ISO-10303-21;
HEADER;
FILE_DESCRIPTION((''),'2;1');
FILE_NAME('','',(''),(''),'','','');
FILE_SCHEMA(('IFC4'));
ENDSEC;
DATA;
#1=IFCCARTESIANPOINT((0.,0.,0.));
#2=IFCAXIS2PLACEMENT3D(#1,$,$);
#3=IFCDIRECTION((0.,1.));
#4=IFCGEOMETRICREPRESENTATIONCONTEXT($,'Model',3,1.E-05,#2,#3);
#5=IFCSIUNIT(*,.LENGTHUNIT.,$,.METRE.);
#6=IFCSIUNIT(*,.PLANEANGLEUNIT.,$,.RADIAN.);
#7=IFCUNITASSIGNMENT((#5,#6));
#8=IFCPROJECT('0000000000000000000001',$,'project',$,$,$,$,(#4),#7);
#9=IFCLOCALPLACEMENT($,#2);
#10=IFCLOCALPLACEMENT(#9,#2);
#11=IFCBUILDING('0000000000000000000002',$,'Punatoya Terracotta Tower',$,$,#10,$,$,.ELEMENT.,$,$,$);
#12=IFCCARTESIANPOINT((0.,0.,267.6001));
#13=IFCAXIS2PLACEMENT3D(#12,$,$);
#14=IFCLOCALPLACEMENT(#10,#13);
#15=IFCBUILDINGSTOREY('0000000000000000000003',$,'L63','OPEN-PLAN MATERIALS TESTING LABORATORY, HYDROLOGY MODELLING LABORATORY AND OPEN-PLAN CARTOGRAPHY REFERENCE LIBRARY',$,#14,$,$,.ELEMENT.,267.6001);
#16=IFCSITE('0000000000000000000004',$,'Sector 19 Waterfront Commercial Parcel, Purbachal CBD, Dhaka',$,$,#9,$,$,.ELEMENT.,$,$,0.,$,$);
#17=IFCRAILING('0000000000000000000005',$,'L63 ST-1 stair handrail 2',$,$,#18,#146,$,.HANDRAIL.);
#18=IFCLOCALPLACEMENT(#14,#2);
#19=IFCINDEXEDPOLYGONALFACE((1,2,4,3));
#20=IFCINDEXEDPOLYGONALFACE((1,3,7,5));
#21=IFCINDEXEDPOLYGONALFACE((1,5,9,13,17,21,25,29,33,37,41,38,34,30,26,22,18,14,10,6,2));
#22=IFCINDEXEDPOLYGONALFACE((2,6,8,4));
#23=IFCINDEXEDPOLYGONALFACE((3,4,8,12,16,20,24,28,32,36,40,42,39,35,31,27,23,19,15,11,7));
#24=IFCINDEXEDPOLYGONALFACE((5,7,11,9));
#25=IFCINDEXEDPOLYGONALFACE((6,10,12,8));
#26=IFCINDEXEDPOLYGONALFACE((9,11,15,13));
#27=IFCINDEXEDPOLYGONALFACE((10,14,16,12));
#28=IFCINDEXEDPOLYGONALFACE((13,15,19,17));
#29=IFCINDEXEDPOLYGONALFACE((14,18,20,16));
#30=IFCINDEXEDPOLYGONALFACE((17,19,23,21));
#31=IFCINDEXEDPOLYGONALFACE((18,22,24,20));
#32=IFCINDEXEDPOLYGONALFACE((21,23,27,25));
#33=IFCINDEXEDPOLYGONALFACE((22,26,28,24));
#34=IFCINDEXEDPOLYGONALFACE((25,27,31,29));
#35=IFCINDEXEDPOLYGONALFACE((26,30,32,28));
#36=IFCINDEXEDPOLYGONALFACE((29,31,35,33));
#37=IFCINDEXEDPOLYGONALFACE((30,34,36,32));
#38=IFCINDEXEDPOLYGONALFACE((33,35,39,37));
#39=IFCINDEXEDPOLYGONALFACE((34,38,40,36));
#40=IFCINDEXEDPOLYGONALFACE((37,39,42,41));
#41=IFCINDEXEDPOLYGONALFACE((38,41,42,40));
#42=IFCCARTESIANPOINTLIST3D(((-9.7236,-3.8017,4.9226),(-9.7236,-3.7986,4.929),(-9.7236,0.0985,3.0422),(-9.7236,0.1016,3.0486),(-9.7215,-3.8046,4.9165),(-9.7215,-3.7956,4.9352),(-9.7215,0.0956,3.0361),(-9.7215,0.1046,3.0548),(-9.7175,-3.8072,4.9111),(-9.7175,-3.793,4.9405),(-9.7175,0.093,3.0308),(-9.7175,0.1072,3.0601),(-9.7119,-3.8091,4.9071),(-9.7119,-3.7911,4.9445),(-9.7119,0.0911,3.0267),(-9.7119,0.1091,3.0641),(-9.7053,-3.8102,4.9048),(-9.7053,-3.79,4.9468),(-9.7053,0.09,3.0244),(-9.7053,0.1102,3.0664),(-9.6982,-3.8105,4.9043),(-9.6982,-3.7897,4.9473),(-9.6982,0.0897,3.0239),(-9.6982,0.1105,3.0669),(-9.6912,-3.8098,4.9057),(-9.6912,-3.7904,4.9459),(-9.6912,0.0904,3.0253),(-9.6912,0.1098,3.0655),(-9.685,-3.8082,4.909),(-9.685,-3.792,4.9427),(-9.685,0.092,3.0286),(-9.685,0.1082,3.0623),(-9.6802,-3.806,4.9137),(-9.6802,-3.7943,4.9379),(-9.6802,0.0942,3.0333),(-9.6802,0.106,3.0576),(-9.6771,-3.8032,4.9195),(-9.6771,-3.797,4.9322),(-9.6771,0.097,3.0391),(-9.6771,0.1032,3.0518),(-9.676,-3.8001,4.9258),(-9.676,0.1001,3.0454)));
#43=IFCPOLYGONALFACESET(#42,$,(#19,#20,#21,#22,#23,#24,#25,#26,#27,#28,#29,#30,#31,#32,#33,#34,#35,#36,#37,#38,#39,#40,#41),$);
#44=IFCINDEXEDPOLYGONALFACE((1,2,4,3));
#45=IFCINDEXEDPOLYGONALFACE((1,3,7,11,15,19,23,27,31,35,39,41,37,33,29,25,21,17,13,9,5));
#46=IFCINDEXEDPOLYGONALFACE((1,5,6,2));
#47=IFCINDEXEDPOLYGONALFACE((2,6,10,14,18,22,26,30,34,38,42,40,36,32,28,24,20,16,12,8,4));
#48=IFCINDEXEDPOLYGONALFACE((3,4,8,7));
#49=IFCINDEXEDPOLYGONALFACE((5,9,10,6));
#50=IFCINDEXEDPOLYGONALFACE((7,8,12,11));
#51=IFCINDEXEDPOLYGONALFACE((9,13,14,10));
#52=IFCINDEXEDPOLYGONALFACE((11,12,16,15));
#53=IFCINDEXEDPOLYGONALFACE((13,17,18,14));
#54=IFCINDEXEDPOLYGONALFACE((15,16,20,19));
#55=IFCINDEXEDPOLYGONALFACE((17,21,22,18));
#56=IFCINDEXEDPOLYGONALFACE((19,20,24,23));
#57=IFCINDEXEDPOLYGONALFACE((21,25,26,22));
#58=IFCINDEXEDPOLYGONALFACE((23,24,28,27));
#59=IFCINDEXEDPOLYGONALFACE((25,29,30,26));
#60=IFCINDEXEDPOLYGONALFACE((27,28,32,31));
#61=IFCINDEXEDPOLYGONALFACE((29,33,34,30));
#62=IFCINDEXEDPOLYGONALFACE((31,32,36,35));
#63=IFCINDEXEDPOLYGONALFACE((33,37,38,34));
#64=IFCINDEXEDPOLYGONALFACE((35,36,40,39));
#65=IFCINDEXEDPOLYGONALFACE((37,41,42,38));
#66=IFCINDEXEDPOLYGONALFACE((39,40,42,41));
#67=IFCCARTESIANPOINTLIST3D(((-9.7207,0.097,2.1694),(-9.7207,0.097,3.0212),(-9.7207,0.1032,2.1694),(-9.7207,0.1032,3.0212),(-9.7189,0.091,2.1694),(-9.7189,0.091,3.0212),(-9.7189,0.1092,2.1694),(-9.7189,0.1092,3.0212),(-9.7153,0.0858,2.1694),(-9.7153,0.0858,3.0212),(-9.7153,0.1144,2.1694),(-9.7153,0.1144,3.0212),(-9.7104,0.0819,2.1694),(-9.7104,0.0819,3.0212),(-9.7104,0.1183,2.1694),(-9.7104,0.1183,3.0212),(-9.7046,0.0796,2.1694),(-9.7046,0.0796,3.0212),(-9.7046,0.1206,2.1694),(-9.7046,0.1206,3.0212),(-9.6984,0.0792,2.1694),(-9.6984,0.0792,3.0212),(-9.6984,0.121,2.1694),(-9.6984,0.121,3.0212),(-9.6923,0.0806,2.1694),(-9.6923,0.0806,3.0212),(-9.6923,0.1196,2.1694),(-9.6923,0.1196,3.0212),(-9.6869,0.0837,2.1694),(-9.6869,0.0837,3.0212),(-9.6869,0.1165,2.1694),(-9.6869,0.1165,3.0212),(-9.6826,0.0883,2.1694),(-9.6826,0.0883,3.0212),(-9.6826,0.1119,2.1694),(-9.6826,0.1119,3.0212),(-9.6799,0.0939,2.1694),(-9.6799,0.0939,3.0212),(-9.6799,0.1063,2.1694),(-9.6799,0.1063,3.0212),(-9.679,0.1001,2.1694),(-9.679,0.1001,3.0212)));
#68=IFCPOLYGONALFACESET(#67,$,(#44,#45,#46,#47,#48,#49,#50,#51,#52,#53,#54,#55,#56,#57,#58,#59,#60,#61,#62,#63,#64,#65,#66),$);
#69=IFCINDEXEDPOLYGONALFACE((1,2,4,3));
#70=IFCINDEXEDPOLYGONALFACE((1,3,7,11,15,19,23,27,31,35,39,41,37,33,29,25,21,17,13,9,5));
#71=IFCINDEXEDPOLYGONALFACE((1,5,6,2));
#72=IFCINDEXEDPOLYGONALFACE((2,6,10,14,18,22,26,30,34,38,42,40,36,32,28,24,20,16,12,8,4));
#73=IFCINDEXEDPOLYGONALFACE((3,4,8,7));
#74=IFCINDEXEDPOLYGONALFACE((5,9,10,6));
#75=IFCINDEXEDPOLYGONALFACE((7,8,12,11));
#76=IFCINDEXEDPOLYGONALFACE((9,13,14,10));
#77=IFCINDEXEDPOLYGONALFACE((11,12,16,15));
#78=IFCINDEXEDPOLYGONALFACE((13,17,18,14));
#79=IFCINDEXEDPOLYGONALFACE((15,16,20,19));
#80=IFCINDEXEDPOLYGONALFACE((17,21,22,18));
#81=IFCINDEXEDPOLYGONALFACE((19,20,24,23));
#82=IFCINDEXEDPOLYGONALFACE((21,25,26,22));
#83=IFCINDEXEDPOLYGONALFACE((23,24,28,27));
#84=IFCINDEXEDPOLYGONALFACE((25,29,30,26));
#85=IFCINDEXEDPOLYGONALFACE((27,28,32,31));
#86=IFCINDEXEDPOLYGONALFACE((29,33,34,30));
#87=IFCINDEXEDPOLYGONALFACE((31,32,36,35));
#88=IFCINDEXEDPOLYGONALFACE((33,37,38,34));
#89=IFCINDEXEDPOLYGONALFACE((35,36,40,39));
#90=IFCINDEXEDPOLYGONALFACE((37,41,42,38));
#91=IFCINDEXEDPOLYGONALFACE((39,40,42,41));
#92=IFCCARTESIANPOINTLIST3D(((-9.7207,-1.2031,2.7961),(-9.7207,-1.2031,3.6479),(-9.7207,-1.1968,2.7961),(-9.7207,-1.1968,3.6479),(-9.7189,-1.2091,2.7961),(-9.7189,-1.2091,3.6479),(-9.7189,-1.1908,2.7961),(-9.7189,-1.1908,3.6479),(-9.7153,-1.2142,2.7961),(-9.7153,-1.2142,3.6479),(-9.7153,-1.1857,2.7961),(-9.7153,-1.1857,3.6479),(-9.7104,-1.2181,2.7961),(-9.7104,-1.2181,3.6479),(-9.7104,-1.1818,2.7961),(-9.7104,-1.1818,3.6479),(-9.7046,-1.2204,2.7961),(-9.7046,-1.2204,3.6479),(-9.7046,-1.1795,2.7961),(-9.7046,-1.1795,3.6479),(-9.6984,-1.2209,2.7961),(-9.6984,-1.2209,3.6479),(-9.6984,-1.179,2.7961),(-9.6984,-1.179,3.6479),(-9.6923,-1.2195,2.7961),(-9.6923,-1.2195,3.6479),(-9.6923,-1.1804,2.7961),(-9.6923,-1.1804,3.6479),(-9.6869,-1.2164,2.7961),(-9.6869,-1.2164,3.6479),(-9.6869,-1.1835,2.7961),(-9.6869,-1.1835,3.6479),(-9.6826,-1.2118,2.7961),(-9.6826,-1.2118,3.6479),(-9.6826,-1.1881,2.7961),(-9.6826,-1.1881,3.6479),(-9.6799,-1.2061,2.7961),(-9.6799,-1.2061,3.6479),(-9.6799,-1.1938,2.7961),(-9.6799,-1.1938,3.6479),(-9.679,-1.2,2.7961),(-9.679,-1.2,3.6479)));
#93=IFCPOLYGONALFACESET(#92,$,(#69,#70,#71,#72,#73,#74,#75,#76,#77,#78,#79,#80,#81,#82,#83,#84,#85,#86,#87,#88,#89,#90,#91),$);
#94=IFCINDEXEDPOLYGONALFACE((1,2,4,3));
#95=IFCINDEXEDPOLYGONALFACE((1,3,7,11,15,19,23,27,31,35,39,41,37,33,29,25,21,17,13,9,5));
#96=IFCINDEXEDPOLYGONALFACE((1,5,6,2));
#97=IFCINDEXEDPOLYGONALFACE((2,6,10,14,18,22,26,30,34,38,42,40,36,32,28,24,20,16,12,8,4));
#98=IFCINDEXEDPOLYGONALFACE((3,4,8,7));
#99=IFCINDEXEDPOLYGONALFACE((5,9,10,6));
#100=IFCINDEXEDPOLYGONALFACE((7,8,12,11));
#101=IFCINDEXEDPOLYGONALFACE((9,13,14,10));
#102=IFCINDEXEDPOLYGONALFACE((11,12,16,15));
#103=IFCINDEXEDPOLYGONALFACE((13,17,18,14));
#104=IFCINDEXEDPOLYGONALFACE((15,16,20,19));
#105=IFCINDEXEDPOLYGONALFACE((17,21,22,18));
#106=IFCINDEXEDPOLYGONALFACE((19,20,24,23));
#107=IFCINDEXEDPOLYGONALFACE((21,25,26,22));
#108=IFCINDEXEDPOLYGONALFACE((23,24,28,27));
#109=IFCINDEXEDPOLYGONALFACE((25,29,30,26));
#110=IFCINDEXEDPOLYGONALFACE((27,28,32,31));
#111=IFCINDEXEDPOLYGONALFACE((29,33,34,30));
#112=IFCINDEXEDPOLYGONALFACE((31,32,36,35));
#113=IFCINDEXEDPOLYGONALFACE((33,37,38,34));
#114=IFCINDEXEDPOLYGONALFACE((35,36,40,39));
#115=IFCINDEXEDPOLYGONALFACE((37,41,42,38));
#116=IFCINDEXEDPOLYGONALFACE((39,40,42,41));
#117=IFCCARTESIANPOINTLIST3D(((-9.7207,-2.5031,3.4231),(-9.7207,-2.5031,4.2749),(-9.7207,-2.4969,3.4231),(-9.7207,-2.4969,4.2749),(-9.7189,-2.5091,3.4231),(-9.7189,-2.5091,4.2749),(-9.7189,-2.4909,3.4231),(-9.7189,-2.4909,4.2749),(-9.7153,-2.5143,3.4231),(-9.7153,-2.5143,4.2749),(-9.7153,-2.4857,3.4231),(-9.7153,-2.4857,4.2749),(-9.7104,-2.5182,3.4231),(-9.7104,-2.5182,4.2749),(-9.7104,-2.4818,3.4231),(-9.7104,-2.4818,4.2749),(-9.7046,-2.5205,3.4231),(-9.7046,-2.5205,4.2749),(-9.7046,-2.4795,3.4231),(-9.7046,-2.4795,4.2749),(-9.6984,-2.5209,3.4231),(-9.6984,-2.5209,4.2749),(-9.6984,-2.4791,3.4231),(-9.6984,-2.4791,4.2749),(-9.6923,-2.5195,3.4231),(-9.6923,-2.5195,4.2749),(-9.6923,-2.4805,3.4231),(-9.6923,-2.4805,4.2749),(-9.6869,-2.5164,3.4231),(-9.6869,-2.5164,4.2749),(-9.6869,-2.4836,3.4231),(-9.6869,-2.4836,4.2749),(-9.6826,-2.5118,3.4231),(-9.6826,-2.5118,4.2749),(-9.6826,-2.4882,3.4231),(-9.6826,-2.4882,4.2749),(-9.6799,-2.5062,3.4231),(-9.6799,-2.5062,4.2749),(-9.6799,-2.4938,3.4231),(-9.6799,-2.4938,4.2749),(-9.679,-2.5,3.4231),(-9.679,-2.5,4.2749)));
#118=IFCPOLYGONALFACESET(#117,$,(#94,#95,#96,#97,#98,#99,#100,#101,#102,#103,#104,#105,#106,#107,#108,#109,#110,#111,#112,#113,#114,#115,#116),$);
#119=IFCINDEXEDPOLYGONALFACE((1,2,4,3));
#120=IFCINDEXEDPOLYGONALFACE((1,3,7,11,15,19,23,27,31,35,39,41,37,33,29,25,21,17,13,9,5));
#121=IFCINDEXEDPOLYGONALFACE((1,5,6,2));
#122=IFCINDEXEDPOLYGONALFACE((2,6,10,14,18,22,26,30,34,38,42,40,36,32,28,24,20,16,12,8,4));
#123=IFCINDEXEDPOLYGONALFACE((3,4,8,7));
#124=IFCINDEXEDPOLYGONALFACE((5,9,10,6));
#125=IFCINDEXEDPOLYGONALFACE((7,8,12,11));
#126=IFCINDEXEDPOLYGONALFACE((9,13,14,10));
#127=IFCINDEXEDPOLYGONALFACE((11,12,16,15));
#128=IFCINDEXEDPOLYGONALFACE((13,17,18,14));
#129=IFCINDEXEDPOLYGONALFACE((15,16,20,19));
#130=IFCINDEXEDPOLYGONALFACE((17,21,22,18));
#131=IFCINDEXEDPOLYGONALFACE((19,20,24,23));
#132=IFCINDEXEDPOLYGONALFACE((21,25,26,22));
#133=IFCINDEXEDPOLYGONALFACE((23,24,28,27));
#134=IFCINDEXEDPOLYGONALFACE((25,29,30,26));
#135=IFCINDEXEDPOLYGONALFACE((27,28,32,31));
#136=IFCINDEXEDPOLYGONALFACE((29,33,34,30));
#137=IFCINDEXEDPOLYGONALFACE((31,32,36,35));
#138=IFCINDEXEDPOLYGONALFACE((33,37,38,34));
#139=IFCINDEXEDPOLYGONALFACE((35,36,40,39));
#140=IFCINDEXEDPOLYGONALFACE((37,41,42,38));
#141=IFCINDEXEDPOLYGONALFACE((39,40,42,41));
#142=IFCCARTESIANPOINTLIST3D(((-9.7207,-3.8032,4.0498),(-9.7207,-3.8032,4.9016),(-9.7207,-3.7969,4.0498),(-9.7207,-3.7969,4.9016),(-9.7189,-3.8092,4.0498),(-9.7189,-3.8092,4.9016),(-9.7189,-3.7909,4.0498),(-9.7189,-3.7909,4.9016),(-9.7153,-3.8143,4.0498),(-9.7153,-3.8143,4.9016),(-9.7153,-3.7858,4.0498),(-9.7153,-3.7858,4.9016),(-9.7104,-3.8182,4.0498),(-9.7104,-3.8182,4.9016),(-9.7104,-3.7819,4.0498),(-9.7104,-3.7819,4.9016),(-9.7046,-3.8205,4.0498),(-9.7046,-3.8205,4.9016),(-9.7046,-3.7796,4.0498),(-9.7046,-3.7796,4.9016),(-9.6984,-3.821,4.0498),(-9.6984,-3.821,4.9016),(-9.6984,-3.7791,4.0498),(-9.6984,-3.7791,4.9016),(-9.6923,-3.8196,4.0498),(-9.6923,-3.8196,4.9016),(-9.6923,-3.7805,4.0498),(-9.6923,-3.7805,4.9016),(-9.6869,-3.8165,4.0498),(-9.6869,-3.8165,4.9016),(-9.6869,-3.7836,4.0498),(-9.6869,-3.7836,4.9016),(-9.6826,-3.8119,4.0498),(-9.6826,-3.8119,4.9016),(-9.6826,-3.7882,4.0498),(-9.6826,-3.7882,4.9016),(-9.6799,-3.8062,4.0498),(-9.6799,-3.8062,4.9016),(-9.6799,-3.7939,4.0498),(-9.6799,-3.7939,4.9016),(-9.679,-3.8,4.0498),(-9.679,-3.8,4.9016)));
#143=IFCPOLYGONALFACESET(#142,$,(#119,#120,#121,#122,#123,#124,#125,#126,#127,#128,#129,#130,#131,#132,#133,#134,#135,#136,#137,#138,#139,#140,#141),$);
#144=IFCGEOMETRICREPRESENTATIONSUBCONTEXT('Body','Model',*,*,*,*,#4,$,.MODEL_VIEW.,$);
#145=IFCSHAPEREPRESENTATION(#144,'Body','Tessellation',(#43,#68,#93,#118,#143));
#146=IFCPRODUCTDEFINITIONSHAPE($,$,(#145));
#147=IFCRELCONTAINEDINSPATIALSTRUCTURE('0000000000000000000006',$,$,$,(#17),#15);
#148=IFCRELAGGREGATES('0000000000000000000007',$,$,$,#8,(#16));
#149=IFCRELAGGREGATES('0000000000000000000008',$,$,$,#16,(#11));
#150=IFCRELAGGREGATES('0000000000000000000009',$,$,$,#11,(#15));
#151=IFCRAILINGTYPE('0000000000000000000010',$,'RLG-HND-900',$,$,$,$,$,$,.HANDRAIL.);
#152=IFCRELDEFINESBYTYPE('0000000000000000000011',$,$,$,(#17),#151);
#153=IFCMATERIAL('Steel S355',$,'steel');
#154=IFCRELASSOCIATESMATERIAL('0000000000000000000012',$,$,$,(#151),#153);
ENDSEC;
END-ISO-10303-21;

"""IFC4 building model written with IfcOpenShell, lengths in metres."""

from ifc_helpers import new_model, si_unit, direction, frame, origin, origin_2d, place, context, subcontext, project, spatial, circle, extrude, material, type_object, element, save


model = new_model("IFC4")

# Units and contexts
model_context = context("Model", 3, precision=1e-05, world=origin(), true_north=direction((0.0, 1.0)))
body_context = subcontext(model_context, "Body", "Model", "MODEL_VIEW")
ifc_project = project(units=[si_unit("LENGTHUNIT", "METRE"), si_unit("PLANEANGLEUNIT", "RADIAN")], contexts=[model_context])

# Site, building, storey
site_placement = place(None, origin())
site = spatial("IfcSite", under=ifc_project, at=site_placement, Name="Sector 19 Waterfront Commercial Parcel, Purbachal CBD, Dhaka", CompositionType="ELEMENT", RefElevation=0.0)
building_placement = place(site_placement, origin())
building = spatial("IfcBuilding", under=site, at=building_placement, Name="Punatoya Terracotta Tower", CompositionType="ELEMENT")
storey_placement = place(building_placement, frame((0.0, 0.0, 267.6001)))
storey = spatial("IfcBuildingStorey", under=building, at=storey_placement, Name="L63", Description="OPEN-PLAN MATERIALS TESTING LABORATORY, HYDROLOGY MODELLING LABORATORY AND OPEN-PLAN CARTOGRAPHY REFERENCE LIBRARY", CompositionType="ELEMENT", Elevation=267.6001)

# Railing
ifc_material_1 = material(Name="Steel S355", Category="steel")
railing_type_1 = type_object("IfcRailingType", Name="RLG-HND-900", PredefinedType="HANDRAIL", material=ifc_material_1)
railing_1_placement = place(storey_placement, frame((-9.7, 0.1001, 2.1694)))
element("IfcRailing", 1, at=railing_1_placement, inside=storey, type_object=railing_type_1, Name="L63 ST-1 stair handrail 2", PredefinedType="HANDRAIL", context=body_context, shape_type="SweptSolid", body=[
    extrude(circle(Radius=0.0239, at=origin_2d()), frame((0.0, 0.0, 0.876), z_axis=(0.0, -0.900774, 0.434289), x_axis=(1.0, 0.0, 0.0)), (0.0, 0.0, 1.0), 4.3298),
    extrude(circle(Radius=0.021, at=origin_2d()), origin(), (0.0, 0.0, 1.0), 0.8518),
    extrude(circle(Radius=0.021, at=origin_2d()), frame((0.0, -1.3, 0.6267)), (0.0, 0.0, 1.0), 0.8518),
    extrude(circle(Radius=0.021, at=origin_2d()), frame((0.0, -2.6001, 1.2537)), (0.0, 0.0, 1.0), 0.8518),
    extrude(circle(Radius=0.021, at=origin_2d()), frame((0.0, -3.9001, 1.8804)), (0.0, 0.0, 1.0), 0.8518),
])

save(model, "model.ifc")
